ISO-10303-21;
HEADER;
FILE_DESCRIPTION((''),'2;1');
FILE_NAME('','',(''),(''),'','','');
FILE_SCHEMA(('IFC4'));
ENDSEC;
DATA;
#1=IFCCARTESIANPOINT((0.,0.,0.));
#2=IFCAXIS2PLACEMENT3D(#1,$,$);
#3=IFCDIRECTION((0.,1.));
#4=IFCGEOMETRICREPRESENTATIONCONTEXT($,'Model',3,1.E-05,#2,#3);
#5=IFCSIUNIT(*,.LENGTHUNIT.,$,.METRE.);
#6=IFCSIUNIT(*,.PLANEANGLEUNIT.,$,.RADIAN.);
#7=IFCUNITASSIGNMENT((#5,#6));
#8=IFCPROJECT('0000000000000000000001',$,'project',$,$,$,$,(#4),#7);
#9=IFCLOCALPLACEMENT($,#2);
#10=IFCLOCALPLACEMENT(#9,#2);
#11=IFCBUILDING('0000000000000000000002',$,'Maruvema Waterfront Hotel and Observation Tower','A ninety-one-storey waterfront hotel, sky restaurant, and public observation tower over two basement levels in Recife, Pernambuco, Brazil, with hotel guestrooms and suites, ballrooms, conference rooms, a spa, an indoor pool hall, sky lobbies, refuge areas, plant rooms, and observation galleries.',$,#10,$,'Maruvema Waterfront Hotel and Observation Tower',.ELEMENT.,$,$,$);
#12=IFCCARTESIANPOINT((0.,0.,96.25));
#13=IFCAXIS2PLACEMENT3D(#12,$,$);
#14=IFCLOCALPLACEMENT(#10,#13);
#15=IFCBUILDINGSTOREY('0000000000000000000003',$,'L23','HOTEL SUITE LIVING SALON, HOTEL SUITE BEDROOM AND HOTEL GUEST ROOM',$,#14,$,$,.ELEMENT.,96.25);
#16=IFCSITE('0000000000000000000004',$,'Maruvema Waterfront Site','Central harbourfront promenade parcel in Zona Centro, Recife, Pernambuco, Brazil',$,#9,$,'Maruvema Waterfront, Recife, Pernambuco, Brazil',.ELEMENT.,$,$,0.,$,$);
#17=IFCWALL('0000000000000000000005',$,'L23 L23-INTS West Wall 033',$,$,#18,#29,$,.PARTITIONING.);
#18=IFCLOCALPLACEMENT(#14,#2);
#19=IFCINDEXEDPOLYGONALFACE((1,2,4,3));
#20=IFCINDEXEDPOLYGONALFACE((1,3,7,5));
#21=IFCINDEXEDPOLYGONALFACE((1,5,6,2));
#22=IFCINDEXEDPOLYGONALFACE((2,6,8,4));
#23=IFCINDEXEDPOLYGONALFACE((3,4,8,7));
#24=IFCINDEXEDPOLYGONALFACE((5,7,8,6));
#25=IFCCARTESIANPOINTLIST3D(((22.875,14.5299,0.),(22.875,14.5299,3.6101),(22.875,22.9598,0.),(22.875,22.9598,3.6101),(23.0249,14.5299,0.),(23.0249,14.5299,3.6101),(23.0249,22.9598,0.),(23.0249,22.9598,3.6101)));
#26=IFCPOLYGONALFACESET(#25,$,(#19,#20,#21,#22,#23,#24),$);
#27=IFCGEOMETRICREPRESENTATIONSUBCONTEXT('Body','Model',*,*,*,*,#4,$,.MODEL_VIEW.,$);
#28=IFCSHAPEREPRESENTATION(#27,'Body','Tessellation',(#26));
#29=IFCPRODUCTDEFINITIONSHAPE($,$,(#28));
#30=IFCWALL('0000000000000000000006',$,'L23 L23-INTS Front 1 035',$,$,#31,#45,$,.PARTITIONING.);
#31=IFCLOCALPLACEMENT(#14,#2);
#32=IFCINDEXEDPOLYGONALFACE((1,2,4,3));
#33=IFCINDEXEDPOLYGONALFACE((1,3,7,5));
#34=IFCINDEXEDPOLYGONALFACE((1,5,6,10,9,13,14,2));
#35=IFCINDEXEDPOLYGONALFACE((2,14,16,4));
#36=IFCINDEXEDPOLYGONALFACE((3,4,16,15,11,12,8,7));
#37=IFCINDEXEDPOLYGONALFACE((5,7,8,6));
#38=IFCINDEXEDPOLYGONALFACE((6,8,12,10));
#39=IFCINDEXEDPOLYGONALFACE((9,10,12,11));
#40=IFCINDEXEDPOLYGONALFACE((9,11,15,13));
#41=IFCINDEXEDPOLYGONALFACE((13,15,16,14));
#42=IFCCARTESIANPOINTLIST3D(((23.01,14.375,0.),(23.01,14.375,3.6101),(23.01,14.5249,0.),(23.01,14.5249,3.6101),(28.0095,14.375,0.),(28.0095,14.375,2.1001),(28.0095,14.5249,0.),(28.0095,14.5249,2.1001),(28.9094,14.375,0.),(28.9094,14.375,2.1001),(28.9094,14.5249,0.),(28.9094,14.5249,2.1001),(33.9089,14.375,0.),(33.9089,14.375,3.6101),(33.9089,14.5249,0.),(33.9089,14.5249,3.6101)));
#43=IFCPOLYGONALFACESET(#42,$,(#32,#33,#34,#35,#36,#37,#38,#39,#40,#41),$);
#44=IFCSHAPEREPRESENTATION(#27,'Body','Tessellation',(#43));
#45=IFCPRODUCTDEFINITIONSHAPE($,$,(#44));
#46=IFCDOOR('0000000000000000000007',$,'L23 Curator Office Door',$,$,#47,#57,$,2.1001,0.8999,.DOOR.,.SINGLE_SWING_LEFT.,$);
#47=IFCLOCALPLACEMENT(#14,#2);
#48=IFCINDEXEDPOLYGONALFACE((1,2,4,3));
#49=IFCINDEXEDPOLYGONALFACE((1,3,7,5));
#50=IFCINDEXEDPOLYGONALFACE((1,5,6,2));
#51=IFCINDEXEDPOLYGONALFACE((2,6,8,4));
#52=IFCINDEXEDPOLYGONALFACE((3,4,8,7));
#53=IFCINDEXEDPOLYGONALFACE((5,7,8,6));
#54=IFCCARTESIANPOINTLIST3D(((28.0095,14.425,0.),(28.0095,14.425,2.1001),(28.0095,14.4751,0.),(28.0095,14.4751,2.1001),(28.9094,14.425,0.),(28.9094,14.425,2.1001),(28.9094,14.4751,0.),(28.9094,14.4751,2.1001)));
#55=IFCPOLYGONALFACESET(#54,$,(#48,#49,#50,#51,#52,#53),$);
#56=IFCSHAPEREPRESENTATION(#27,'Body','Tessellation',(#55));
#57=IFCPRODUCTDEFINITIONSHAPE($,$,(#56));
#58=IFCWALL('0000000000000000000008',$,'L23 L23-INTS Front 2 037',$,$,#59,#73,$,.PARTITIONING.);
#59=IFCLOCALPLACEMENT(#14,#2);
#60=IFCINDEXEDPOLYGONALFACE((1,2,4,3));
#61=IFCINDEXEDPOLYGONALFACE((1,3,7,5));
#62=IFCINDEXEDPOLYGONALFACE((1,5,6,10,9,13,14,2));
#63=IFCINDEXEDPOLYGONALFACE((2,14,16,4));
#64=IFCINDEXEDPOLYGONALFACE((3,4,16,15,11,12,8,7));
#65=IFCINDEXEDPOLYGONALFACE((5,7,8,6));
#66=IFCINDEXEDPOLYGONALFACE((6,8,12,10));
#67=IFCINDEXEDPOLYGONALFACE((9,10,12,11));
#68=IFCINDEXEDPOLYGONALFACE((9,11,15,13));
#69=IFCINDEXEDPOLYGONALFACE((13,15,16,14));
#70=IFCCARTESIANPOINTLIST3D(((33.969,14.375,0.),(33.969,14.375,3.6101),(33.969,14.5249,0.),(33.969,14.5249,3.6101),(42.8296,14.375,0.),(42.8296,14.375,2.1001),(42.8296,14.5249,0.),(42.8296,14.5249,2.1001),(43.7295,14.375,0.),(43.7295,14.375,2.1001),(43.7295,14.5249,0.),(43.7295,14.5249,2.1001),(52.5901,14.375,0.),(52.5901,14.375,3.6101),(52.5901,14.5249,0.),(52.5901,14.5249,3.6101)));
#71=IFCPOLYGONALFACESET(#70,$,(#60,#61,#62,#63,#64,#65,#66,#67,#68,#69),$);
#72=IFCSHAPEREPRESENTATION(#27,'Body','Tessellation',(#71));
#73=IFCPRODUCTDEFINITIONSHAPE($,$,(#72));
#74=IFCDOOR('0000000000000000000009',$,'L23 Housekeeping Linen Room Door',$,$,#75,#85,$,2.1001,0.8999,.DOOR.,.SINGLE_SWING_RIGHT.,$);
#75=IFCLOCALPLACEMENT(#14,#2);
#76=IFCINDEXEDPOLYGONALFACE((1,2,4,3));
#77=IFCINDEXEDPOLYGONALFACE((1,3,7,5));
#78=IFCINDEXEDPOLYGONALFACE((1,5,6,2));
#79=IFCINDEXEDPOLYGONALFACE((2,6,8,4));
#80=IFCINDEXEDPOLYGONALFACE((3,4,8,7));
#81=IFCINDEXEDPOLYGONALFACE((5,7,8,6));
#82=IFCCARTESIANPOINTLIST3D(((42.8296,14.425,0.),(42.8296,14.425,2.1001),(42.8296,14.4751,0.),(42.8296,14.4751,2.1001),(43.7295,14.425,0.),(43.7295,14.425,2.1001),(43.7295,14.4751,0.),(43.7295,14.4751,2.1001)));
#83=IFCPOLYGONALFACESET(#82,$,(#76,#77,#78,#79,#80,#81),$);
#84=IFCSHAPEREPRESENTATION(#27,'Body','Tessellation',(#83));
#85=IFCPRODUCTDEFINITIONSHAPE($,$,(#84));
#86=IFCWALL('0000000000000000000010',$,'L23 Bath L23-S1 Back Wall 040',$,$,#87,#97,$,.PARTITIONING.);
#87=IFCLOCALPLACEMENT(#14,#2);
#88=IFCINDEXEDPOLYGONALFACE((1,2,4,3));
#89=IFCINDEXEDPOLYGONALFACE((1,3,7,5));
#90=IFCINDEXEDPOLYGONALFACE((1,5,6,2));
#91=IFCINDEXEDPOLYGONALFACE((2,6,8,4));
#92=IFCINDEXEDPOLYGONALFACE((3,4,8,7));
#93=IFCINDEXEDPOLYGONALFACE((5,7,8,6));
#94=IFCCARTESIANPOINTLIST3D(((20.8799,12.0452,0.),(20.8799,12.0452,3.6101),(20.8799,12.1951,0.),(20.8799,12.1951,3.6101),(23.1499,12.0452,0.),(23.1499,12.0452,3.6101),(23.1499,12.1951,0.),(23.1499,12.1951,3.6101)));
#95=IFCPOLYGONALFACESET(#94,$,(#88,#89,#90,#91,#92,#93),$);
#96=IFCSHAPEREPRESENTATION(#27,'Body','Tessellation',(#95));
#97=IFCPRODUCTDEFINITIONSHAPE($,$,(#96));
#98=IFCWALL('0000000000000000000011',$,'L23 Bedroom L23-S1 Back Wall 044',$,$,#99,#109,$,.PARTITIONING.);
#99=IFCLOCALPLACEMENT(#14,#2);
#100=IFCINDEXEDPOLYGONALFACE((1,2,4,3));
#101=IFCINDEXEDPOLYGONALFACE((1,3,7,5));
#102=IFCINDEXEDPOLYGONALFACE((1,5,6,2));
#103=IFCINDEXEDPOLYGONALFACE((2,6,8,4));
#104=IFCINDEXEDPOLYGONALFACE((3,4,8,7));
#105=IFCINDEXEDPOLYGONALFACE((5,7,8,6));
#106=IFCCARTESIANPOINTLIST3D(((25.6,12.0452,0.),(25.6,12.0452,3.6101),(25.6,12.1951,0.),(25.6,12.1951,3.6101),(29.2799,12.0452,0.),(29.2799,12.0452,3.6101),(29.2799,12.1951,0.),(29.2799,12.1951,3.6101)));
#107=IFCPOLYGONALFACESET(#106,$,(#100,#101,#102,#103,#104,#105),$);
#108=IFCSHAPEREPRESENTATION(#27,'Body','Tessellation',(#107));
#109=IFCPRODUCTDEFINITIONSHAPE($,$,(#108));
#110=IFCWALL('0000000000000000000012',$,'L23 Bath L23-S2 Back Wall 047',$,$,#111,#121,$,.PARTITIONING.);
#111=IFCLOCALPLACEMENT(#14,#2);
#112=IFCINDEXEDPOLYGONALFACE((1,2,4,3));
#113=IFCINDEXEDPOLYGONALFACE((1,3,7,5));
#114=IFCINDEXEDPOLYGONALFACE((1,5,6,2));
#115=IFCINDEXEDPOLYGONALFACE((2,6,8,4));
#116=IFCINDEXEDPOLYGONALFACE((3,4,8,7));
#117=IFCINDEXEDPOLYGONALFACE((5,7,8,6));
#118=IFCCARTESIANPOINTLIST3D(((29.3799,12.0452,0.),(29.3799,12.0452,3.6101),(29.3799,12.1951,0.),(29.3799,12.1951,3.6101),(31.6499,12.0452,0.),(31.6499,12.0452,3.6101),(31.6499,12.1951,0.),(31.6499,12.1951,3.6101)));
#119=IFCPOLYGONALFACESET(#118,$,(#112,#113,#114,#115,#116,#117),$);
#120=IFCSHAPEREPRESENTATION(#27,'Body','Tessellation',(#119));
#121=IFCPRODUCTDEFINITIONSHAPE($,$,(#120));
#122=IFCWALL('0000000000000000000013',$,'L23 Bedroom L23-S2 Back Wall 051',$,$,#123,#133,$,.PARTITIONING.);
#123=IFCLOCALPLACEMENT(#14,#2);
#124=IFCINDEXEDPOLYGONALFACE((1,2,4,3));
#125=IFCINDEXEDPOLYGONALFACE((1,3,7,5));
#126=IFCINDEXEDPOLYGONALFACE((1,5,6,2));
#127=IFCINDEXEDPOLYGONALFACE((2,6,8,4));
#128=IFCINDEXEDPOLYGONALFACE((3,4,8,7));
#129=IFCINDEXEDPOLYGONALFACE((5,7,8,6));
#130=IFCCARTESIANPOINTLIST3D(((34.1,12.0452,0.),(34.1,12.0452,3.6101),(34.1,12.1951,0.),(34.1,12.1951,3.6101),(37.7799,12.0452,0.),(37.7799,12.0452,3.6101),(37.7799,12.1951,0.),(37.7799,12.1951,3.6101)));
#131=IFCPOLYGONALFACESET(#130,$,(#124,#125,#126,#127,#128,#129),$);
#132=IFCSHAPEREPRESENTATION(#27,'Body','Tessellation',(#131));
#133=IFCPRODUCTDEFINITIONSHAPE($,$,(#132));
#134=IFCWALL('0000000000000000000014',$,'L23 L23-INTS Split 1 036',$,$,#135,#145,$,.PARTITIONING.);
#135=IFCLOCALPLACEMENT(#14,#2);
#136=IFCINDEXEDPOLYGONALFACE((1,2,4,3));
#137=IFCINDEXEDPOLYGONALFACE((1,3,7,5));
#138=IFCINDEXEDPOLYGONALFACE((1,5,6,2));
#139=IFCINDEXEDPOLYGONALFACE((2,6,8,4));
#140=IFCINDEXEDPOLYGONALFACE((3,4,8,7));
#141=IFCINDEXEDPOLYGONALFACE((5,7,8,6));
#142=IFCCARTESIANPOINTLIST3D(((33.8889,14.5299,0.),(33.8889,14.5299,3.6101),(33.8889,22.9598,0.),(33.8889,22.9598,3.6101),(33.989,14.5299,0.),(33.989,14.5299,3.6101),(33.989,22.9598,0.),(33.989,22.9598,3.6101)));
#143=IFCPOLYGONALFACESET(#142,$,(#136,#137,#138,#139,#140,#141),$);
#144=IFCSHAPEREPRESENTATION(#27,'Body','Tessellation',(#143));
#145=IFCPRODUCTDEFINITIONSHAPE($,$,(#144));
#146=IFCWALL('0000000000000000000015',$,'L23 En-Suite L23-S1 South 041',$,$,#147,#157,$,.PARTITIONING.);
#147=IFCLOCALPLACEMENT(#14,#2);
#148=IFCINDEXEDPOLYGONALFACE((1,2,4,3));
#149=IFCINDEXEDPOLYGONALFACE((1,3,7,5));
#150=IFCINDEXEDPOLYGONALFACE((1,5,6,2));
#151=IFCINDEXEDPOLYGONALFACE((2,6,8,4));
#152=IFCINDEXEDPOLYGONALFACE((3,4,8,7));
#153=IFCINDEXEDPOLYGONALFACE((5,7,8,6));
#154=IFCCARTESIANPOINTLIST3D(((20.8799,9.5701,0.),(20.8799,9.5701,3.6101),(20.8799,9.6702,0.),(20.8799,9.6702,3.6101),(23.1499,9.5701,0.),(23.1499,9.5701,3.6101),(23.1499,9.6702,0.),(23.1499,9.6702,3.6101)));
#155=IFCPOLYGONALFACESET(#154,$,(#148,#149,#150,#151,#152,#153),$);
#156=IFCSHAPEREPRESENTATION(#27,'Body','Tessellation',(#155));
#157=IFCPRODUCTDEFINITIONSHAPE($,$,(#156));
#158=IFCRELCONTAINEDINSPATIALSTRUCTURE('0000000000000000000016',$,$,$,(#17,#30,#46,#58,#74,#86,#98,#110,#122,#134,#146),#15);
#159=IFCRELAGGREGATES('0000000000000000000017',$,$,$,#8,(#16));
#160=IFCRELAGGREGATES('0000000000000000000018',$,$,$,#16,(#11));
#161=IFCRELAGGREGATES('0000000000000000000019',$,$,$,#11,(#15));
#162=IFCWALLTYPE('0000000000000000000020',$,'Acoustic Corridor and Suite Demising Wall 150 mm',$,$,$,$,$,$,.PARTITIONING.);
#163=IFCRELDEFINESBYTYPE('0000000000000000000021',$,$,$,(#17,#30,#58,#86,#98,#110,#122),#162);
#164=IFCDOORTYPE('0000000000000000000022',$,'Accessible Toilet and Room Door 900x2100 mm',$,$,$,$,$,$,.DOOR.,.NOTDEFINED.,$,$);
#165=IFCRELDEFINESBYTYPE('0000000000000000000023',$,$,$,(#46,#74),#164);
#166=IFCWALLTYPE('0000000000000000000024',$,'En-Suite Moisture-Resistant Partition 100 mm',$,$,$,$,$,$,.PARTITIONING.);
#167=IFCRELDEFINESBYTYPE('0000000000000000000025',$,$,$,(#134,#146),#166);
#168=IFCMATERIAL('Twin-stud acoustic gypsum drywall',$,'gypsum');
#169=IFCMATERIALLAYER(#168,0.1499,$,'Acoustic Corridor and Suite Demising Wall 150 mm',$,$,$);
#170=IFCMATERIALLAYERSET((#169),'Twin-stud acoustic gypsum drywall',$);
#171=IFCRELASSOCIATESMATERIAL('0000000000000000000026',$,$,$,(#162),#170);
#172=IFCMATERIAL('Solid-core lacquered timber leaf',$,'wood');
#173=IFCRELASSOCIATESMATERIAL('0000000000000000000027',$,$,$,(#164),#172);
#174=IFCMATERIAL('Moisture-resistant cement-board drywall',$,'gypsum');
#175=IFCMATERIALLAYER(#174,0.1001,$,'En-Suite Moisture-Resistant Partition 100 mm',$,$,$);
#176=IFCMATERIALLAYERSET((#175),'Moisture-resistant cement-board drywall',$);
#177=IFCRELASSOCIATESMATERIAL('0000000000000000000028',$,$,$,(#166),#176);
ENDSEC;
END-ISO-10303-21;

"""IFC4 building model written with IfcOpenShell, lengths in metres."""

from ifc_helpers import new_model, si_unit, direction, frame, frame_2d, origin, place, context, subcontext, project, spatial, rectangle, extrude, material, layer, layer_set, type_object, element, fill, save


model = new_model("IFC4")

# Units and contexts
model_context = context("Model", 3, precision=1e-05, world=origin(), true_north=direction((0.0, 1.0)))
body_context = subcontext(model_context, "Body", "Model", "MODEL_VIEW")
ifc_project = project(units=[si_unit("LENGTHUNIT", "METRE"), si_unit("PLANEANGLEUNIT", "RADIAN")], contexts=[model_context])

# Site, building, storey
site_placement = place(None, origin())
site = spatial("IfcSite", under=ifc_project, at=site_placement, Name="Maruvema Waterfront Site", Description="Central harbourfront promenade parcel in Zona Centro, Recife, Pernambuco, Brazil", LongName="Maruvema Waterfront, Recife, Pernambuco, Brazil", CompositionType="ELEMENT", RefElevation=0.0)
building_placement = place(site_placement, origin())
building = spatial("IfcBuilding", under=site, at=building_placement, Name="Maruvema Waterfront Hotel and Observation Tower", Description="A ninety-one-storey waterfront hotel, sky restaurant, and public observation tower over two basement levels in Recife, Pernambuco, Brazil, with hotel guestrooms and suites, ballrooms, conference rooms, a spa, an indoor pool hall, sky lobbies, refuge areas, plant rooms, and observation galleries.", LongName="Maruvema Waterfront Hotel and Observation Tower", CompositionType="ELEMENT")
storey_placement = place(building_placement, frame((0.0, 0.0, 96.25)))
storey = spatial("IfcBuildingStorey", under=building, at=storey_placement, Name="L23", Description="HOTEL SUITE LIVING SALON, HOTEL SUITE BEDROOM AND HOTEL GUEST ROOM", CompositionType="ELEMENT", Elevation=96.25)

# Wall
ifc_material_1 = material(Name="Twin-stud acoustic gypsum drywall", Category="gypsum")
ifc_layer_1 = layer(ifc_material_1, 0.1499, Name="Acoustic Corridor and Suite Demising Wall 150 mm")
ifc_layer_set_1 = layer_set([ifc_layer_1], Name="Twin-stud acoustic gypsum drywall")
wall_type_1 = type_object("IfcWallType", Name="Acoustic Corridor and Suite Demising Wall 150 mm", PredefinedType="PARTITIONING", material=ifc_layer_set_1)
wall_1_placement = place(storey_placement, frame((22.95, 14.53, 0.0), z_axis=(0.0, 0.0, 1.0), x_axis=(0.0, 1.0, 0.0)))
element("IfcWall", 1, at=wall_1_placement, inside=storey, type_object=wall_type_1, Name="L23 L23-INTS West Wall 033", PredefinedType="PARTITIONING", context=body_context, shape_type="SweptSolid", body=[
    extrude(rectangle(XDim=8.4299, YDim=0.1499, at=frame_2d((4.2148, 0.0))), origin(), (0.0, 0.0, 1.0), 3.6101),
])

# Walls, openings, doors
wall_2_placement = place(storey_placement, frame((23.01, 14.45, 0.0), z_axis=(0.0, 0.0, 1.0), x_axis=(1.0, 0.0, 0.0)))
wall_2 = element("IfcWall", 2, at=wall_2_placement, inside=storey, type_object=wall_type_1, Name="L23 L23-INTS Front 1 035", PredefinedType="PARTITIONING", context=body_context, shape_type="SweptSolid", body=[
    extrude(rectangle(XDim=10.8989, YDim=0.1499, at=frame_2d((5.4495, 0.0))), origin(), (0.0, 0.0, 1.0), 3.6101),
])
opening_1_placement = place(wall_2_placement, frame((4.9995, 0.0, 0.0)))
opening_1 = element("IfcOpeningElement", 3, at=opening_1_placement, cuts=wall_2, PredefinedType="OPENING", context=body_context, shape_type="SweptSolid", body=[
    extrude(rectangle(XDim=0.8999, YDim=2.1001, at=frame_2d((0.45, 1.05))), frame((0.0, 0.085, 0.0), z_axis=(0.0, -1.0, 0.0), x_axis=(1.0, 0.0, 0.0)), (0.0, 0.0, 1.0), 0.1699),
])
ifc_material_2 = material(Name="Solid-core lacquered timber leaf", Category="wood")
door_type_1 = type_object("IfcDoorType", Name="Accessible Toilet and Room Door 900x2100 mm", OperationType="NOTDEFINED", PredefinedType="DOOR", material=ifc_material_2)
door_1_placement = place(opening_1_placement, frame((0.8999, 0.0, 0.0), z_axis=(0.0, 0.0, 1.0), x_axis=(-1.0, 0.0, 0.0)))
door_1 = element("IfcDoor", 4, at=door_1_placement, inside=storey, type_object=door_type_1, Name="L23 Curator Office Door", OperationType="SINGLE_SWING_LEFT", OverallHeight=2.1001, OverallWidth=0.8999, PredefinedType="DOOR", context=body_context, shape_type="SweptSolid", body=[
    extrude(rectangle(XDim=0.8999, YDim=2.1001, at=frame_2d((0.45, 1.05))), frame((0.0, 0.0249, 0.0), z_axis=(0.0, -1.0, 0.0), x_axis=(1.0, 0.0, 0.0)), (0.0, 0.0, 1.0), 0.05),
])
fill(opening_1, door_1)
wall_3_placement = place(storey_placement, frame((33.969, 14.45, 0.0), z_axis=(0.0, 0.0, 1.0), x_axis=(1.0, 0.0, 0.0)))
wall_3 = element("IfcWall", 5, at=wall_3_placement, inside=storey, type_object=wall_type_1, Name="L23 L23-INTS Front 2 037", PredefinedType="PARTITIONING", context=body_context, shape_type="SweptSolid", body=[
    extrude(rectangle(XDim=18.6211, YDim=0.1499, at=frame_2d((9.3105, 0.0))), origin(), (0.0, 0.0, 1.0), 3.6101),
])
opening_2_placement = place(wall_3_placement, frame((8.8606, 0.0, 0.0)))
opening_2 = element("IfcOpeningElement", 6, at=opening_2_placement, cuts=wall_3, PredefinedType="OPENING", context=body_context, shape_type="SweptSolid", body=[
    extrude(rectangle(XDim=0.8999, YDim=2.1001, at=frame_2d((0.45, 1.05))), frame((0.0, 0.085, 0.0), z_axis=(0.0, -1.0, 0.0), x_axis=(1.0, 0.0, 0.0)), (0.0, 0.0, 1.0), 0.1699),
])
door_2_placement = place(opening_2_placement, frame((0.8999, 0.0, 0.0), z_axis=(0.0, 0.0, 1.0), x_axis=(-1.0, 0.0, 0.0)))
door_2 = element("IfcDoor", 7, at=door_2_placement, inside=storey, type_object=door_type_1, Name="L23 Housekeeping Linen Room Door", OperationType="SINGLE_SWING_RIGHT", OverallHeight=2.1001, OverallWidth=0.8999, PredefinedType="DOOR", context=body_context, shape_type="SweptSolid", body=[
    extrude(rectangle(XDim=0.8999, YDim=2.1001, at=frame_2d((0.45, 1.05))), frame((0.0, 0.0249, 0.0), z_axis=(0.0, -1.0, 0.0), x_axis=(1.0, 0.0, 0.0)), (0.0, 0.0, 1.0), 0.05),
])
fill(opening_2, door_2)

# Wall
wall_4_placement = place(storey_placement, frame((20.8799, 12.1201, 0.0), z_axis=(0.0, 0.0, 1.0), x_axis=(1.0, 0.0, 0.0)))
element("IfcWall", 8, at=wall_4_placement, inside=storey, type_object=wall_type_1, Name="L23 Bath L23-S1 Back Wall 040", PredefinedType="PARTITIONING", context=body_context, shape_type="SweptSolid", body=[
    extrude(rectangle(XDim=2.27, YDim=0.1499, at=frame_2d((1.135, 0.0))), origin(), (0.0, 0.0, 1.0), 3.6101),
])

# Walls
wall_5_placement = place(storey_placement, frame((25.6001, 12.1201, 0.0), z_axis=(0.0, 0.0, 1.0), x_axis=(1.0, 0.0, 0.0)))
element("IfcWall", 9, at=wall_5_placement, inside=storey, type_object=wall_type_1, Name="L23 Bedroom L23-S1 Back Wall 044", PredefinedType="PARTITIONING", context=body_context, shape_type="SweptSolid", body=[
    extrude(rectangle(XDim=3.6799, YDim=0.1499, at=frame_2d((1.8398, 0.0))), origin(), (0.0, 0.0, 1.0), 3.6101),
])
wall_6_placement = place(storey_placement, frame((29.3799, 12.1201, 0.0), z_axis=(0.0, 0.0, 1.0), x_axis=(1.0, 0.0, 0.0)))
element("IfcWall", 10, at=wall_6_placement, inside=storey, type_object=wall_type_1, Name="L23 Bath L23-S2 Back Wall 047", PredefinedType="PARTITIONING", context=body_context, shape_type="SweptSolid", body=[
    extrude(rectangle(XDim=2.27, YDim=0.1499, at=frame_2d((1.135, 0.0))), origin(), (0.0, 0.0, 1.0), 3.6101),
])

# Walls
wall_7_placement = place(storey_placement, frame((34.1001, 12.1201, 0.0), z_axis=(0.0, 0.0, 1.0), x_axis=(1.0, 0.0, 0.0)))
element("IfcWall", 11, at=wall_7_placement, inside=storey, type_object=wall_type_1, Name="L23 Bedroom L23-S2 Back Wall 051", PredefinedType="PARTITIONING", context=body_context, shape_type="SweptSolid", body=[
    extrude(rectangle(XDim=3.6799, YDim=0.1499, at=frame_2d((1.8398, 0.0))), origin(), (0.0, 0.0, 1.0), 3.6101),
])
ifc_material_3 = material(Name="Moisture-resistant cement-board drywall", Category="gypsum")
ifc_layer_2 = layer(ifc_material_3, 0.1001, Name="En-Suite Moisture-Resistant Partition 100 mm")
ifc_layer_set_2 = layer_set([ifc_layer_2], Name="Moisture-resistant cement-board drywall")
wall_type_2 = type_object("IfcWallType", Name="En-Suite Moisture-Resistant Partition 100 mm", PredefinedType="PARTITIONING", material=ifc_layer_set_2)
wall_8_placement = place(storey_placement, frame((33.939, 14.53, 0.0), z_axis=(0.0, 0.0, 1.0), x_axis=(0.0, 1.0, 0.0)))
element("IfcWall", 12, at=wall_8_placement, inside=storey, type_object=wall_type_2, Name="L23 L23-INTS Split 1 036", PredefinedType="PARTITIONING", context=body_context, shape_type="SweptSolid", body=[
    extrude(rectangle(XDim=8.4299, YDim=0.1001, at=frame_2d((4.2148, 0.0))), origin(), (0.0, 0.0, 1.0), 3.6101),
])
wall_9_placement = place(storey_placement, frame((20.8799, 9.6201, 0.0), z_axis=(0.0, 0.0, 1.0), x_axis=(1.0, 0.0, 0.0)))
element("IfcWall", 13, at=wall_9_placement, inside=storey, type_object=wall_type_2, Name="L23 En-Suite L23-S1 South 041", PredefinedType="PARTITIONING", context=body_context, shape_type="SweptSolid", body=[
    extrude(rectangle(XDim=2.27, YDim=0.1001, at=frame_2d((1.135, 0.0))), origin(), (0.0, 0.0, 1.0), 3.6101),
])

save(model, "model.ifc")
